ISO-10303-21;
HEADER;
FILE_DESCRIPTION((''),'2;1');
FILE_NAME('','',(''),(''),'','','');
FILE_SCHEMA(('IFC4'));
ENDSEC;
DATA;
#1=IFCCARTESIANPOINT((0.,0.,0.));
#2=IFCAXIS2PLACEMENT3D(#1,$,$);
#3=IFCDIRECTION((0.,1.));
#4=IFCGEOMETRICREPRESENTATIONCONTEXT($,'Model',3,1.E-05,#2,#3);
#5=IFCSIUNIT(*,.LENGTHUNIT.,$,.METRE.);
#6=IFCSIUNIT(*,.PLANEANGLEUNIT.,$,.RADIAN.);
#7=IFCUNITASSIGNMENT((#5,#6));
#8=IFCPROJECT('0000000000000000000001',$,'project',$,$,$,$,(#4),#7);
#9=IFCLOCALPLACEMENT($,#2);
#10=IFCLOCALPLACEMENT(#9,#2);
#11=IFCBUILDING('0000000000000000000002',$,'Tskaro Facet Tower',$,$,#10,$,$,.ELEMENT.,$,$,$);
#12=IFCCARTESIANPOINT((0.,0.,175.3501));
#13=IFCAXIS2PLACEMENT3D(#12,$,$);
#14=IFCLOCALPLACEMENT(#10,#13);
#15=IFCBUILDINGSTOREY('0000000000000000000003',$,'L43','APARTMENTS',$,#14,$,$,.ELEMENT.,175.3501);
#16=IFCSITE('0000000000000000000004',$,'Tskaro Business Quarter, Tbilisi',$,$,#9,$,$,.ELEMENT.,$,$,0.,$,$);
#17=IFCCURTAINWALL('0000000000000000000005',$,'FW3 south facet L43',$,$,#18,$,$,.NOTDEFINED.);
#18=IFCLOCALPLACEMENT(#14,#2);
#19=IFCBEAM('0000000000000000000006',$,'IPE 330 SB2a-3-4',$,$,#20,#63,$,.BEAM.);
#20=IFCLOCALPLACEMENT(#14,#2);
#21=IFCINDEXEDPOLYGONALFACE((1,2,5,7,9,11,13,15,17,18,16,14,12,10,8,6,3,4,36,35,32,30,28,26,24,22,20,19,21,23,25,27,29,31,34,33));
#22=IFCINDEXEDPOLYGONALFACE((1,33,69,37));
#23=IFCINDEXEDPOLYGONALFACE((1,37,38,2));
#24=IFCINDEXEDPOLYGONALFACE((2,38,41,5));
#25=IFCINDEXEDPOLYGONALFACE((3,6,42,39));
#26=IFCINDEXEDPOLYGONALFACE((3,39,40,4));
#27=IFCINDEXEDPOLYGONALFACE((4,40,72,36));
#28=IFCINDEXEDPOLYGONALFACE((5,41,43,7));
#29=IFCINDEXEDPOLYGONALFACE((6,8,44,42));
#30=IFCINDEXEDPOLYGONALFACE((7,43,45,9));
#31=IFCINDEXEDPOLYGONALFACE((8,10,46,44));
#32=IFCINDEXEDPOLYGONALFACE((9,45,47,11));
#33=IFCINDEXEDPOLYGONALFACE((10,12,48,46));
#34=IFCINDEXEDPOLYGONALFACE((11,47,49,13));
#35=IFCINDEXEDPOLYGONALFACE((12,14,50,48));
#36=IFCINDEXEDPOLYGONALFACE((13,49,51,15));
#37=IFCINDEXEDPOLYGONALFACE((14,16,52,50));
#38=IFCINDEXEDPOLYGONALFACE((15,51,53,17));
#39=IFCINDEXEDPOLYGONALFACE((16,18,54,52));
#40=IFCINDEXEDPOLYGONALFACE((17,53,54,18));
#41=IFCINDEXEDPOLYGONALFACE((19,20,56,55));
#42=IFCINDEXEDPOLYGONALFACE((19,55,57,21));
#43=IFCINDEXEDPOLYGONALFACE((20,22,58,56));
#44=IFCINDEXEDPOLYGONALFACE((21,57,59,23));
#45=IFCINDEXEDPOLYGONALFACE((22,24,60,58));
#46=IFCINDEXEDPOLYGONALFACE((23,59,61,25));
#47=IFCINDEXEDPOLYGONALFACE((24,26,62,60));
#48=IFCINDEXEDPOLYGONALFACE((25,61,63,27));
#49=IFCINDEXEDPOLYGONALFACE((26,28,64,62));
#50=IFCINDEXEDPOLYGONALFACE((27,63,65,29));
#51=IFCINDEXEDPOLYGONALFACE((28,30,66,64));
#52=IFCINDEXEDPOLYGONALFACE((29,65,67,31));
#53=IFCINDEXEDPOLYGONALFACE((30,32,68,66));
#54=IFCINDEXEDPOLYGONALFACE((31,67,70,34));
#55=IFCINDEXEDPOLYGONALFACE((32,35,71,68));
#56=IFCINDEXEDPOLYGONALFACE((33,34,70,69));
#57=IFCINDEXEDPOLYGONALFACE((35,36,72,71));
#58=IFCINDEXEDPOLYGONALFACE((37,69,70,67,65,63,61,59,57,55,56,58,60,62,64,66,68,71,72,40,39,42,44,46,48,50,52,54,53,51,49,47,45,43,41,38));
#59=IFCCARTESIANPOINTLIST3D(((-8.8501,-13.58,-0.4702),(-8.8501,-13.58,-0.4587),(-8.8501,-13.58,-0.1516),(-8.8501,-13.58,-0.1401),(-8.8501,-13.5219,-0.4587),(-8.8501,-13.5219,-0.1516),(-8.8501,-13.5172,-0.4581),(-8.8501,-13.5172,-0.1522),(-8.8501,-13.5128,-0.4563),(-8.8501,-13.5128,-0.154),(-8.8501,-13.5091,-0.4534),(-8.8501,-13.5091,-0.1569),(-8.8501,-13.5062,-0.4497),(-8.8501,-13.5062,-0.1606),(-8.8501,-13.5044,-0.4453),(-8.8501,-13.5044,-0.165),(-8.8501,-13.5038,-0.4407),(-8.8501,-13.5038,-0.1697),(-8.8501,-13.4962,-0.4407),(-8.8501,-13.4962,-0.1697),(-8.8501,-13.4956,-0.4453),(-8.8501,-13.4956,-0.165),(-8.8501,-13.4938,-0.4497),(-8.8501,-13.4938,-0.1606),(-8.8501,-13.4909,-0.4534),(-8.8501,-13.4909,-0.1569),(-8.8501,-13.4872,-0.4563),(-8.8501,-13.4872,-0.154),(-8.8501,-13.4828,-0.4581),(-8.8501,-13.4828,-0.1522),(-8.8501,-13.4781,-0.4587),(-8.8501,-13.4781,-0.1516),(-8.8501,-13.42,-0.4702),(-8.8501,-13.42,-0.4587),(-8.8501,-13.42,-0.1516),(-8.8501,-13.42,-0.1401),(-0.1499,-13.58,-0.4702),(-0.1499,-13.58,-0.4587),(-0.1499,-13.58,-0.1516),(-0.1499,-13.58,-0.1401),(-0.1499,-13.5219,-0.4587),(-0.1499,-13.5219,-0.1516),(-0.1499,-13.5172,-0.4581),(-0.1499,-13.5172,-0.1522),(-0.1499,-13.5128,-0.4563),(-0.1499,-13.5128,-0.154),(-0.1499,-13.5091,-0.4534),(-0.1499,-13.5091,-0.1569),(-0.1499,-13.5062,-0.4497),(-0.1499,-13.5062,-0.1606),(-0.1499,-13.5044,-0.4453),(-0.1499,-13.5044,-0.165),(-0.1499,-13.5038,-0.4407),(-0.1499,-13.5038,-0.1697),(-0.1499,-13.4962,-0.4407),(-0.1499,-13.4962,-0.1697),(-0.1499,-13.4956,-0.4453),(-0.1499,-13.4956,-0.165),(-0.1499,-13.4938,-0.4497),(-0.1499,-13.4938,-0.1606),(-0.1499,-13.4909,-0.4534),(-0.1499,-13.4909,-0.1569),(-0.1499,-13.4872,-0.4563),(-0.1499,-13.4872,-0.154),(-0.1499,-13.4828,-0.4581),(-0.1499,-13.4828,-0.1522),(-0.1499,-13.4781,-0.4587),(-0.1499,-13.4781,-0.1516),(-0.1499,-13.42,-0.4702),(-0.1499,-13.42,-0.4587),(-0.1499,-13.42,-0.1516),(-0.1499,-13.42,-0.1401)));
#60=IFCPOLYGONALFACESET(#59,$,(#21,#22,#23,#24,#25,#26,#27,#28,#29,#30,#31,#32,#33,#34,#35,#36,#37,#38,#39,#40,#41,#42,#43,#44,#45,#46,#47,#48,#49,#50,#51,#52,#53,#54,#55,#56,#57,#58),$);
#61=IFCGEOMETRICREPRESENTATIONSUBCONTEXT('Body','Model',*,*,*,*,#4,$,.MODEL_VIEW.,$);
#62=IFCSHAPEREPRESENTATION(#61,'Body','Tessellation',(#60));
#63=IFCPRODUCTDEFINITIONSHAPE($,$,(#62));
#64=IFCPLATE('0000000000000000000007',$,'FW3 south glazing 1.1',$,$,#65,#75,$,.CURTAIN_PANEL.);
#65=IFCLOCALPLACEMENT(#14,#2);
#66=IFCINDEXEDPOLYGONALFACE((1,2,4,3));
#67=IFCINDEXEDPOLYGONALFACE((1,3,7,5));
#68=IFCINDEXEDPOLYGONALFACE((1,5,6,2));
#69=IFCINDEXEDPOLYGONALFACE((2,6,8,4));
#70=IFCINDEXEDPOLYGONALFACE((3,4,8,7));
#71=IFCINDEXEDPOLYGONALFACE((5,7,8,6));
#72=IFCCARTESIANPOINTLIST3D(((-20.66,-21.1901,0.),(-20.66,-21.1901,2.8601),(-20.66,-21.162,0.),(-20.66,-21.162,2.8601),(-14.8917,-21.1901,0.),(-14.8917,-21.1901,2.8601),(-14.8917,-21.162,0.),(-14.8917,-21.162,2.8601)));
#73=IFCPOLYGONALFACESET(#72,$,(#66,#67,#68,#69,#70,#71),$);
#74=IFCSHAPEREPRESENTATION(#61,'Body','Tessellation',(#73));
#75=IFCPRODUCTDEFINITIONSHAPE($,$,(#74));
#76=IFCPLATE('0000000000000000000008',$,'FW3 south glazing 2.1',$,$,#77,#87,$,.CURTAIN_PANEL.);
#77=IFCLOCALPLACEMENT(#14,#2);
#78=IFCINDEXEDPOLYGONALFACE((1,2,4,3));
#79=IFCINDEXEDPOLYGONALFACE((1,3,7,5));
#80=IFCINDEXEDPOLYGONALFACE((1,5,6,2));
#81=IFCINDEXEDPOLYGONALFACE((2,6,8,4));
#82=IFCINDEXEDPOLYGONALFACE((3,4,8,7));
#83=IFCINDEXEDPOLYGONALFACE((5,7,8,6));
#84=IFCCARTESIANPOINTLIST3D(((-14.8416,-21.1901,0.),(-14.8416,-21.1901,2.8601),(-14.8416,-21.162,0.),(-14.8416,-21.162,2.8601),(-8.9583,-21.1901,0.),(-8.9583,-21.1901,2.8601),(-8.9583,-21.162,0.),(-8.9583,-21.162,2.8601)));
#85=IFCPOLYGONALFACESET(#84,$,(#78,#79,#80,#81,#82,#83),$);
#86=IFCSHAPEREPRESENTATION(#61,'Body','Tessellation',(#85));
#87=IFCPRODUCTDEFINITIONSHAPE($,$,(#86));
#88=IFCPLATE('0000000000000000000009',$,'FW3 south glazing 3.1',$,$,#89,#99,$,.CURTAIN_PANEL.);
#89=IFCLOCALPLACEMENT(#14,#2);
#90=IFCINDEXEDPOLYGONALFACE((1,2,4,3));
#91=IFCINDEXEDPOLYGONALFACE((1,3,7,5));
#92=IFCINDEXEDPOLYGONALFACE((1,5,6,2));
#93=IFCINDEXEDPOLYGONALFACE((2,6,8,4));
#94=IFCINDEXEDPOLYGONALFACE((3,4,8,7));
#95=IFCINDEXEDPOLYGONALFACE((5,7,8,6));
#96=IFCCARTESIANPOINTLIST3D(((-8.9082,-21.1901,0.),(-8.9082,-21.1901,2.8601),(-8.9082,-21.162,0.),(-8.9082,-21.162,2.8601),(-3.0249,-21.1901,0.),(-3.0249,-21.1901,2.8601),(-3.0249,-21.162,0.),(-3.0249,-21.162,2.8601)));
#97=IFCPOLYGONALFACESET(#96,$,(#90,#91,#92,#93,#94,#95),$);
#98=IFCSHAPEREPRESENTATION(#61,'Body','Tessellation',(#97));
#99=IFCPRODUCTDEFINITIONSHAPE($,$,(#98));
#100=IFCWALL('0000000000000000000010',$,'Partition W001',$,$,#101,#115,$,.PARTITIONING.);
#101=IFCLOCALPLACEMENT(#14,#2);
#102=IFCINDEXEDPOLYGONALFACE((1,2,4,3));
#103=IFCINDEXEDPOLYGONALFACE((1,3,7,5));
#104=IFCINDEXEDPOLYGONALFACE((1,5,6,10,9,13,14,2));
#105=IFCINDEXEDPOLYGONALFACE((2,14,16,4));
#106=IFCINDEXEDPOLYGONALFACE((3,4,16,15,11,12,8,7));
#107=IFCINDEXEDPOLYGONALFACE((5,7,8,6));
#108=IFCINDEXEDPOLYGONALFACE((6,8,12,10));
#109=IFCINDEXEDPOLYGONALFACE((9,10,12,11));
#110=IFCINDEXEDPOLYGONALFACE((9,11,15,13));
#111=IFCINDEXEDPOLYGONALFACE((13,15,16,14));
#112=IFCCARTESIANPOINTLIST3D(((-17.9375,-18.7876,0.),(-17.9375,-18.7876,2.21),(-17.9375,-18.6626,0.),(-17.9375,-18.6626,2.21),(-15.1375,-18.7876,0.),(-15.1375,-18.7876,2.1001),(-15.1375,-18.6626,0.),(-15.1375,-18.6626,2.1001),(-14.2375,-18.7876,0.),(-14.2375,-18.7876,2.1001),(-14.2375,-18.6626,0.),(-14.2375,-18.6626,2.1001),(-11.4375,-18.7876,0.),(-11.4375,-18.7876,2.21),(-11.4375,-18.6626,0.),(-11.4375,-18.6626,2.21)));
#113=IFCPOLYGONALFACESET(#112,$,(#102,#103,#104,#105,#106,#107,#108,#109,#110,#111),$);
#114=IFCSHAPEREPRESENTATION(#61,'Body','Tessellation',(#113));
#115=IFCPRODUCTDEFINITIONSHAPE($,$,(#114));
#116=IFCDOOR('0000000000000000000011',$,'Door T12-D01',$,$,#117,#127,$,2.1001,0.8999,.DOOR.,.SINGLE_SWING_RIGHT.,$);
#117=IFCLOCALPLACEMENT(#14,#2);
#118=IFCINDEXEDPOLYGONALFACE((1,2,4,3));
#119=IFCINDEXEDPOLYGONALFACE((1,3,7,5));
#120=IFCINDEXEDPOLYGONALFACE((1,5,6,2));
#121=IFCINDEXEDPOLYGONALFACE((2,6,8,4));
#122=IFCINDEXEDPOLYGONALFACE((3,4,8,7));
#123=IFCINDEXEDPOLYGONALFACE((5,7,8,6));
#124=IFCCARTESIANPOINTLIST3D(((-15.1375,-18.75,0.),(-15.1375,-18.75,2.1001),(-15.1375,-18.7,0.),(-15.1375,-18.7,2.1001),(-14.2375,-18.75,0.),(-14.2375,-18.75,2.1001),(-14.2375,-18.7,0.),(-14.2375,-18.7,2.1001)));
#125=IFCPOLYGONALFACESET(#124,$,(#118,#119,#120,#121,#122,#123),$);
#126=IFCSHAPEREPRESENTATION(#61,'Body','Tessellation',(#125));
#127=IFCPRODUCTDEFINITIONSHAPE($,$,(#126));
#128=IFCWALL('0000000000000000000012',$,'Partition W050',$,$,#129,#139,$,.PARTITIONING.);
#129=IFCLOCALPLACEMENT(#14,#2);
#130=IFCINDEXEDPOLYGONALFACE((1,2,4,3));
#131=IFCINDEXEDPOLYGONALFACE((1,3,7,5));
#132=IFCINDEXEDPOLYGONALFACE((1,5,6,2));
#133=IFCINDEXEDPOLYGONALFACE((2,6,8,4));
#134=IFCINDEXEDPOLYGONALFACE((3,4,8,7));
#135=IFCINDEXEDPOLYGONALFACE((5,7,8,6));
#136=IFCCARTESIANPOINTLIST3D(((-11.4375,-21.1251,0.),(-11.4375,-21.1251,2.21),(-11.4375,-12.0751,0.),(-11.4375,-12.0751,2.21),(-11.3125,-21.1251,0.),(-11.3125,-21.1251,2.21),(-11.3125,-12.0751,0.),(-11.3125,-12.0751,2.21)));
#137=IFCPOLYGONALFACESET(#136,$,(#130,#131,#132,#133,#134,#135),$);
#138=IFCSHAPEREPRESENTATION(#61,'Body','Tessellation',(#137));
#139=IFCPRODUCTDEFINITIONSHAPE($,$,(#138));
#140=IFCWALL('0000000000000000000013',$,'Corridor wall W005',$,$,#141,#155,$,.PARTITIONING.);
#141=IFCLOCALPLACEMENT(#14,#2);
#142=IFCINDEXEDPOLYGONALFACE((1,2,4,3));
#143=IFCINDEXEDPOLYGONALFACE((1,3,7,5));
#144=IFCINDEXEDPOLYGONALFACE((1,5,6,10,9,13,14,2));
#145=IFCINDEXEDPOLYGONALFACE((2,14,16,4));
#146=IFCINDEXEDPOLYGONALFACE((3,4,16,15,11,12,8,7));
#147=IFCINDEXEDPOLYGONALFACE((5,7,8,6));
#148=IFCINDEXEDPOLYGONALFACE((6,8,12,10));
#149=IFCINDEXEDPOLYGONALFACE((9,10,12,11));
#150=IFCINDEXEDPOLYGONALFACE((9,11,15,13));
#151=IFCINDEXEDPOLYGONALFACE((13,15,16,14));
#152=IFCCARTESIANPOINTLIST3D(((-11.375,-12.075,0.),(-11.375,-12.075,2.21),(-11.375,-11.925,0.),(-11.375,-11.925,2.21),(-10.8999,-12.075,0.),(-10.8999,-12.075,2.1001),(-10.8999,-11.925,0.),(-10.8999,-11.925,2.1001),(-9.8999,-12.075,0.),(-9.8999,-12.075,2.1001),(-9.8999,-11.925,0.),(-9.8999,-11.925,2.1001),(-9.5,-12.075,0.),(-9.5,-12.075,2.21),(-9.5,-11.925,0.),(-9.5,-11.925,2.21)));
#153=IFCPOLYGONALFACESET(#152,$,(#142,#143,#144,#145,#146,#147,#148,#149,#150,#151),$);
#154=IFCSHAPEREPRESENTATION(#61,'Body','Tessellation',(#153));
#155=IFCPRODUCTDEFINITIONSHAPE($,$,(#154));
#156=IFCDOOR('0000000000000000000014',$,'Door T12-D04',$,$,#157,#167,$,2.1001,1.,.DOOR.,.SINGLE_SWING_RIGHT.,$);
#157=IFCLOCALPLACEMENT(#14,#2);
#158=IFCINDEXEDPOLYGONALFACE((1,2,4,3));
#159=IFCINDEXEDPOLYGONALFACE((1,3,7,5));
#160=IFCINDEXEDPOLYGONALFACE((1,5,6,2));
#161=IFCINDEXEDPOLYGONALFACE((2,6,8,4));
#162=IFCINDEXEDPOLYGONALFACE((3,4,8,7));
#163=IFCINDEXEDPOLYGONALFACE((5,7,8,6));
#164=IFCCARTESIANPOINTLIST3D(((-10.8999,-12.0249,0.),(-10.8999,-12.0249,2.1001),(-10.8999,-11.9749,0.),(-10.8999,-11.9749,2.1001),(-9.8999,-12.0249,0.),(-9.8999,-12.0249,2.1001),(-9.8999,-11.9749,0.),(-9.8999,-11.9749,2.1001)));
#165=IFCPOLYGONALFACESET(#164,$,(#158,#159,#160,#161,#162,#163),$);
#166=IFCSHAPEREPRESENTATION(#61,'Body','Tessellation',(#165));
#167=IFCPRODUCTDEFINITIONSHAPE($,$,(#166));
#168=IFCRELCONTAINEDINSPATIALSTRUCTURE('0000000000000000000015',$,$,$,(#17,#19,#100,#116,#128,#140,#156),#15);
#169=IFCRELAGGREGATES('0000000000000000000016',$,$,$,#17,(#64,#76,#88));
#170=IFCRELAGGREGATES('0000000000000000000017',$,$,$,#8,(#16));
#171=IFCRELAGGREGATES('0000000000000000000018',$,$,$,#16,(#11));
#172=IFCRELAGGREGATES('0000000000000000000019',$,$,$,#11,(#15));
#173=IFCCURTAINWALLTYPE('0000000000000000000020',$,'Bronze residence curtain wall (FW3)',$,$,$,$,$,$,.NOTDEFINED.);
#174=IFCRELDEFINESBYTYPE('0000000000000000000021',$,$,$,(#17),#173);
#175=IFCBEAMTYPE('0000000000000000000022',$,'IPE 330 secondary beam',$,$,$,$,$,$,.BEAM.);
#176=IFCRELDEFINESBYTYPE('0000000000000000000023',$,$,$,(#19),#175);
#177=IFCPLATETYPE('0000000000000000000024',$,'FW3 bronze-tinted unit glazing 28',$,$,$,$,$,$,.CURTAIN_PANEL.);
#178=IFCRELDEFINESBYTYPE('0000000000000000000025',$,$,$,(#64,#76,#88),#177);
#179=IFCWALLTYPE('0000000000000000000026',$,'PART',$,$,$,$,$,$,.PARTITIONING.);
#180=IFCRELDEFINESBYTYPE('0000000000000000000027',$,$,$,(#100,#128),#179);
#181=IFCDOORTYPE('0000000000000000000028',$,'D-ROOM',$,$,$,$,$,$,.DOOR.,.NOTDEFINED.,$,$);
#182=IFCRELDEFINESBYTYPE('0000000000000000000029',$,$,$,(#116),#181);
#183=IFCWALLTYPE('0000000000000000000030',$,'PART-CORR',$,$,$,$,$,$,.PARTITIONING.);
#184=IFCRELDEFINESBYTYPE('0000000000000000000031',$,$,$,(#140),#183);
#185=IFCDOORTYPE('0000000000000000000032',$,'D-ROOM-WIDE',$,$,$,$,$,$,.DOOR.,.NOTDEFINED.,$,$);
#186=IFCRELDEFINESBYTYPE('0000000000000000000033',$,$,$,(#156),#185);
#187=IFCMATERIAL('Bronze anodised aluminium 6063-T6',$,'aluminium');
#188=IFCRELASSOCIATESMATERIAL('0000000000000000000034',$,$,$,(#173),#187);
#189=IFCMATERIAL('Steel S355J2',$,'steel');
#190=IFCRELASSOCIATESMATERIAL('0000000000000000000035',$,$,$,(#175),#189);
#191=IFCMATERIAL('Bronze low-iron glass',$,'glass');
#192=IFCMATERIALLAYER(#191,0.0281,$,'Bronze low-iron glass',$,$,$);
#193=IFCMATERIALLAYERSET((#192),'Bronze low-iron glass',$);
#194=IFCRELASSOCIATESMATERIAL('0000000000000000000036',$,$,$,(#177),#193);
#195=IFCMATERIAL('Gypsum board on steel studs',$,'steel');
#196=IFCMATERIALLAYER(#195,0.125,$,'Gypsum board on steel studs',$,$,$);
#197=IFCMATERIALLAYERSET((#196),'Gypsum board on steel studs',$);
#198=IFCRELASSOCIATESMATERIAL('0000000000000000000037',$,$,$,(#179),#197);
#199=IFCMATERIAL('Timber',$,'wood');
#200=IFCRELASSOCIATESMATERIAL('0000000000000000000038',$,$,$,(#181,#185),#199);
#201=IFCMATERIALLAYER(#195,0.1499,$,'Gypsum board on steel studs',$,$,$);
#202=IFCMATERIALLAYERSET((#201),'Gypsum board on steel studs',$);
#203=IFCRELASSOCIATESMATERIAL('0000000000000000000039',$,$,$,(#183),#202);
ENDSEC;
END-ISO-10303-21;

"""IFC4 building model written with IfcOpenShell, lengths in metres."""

from ifc_helpers import new_model, si_unit, direction, frame, frame_2d, origin, origin_2d, place, context, subcontext, project, spatial, rectangle, i_section, extrude, material, layer, layer_set, material_profile, profile_set, type_object, element, fill, aggregate, save


model = new_model("IFC4")

# Units and contexts
model_context = context("Model", 3, precision=1e-05, world=origin(), true_north=direction((0.0, 1.0)))
body_context = subcontext(model_context, "Body", "Model", "MODEL_VIEW")
ifc_project = project(units=[si_unit("LENGTHUNIT", "METRE"), si_unit("PLANEANGLEUNIT", "RADIAN")], contexts=[model_context])

# Site, building, storey
site_placement = place(None, origin())
site = spatial("IfcSite", under=ifc_project, at=site_placement, Name="Tskaro Business Quarter, Tbilisi", CompositionType="ELEMENT", RefElevation=0.0)
building_placement = place(site_placement, origin())
building = spatial("IfcBuilding", under=site, at=building_placement, Name="Tskaro Facet Tower", CompositionType="ELEMENT")
storey_placement = place(building_placement, frame((0.0, 0.0, 175.3501)))
storey = spatial("IfcBuildingStorey", under=building, at=storey_placement, Name="L43", Description="APARTMENTS", CompositionType="ELEMENT", Elevation=175.3501)

# Curtain wall
ifc_material_1 = material(Name="Bronze anodised aluminium 6063-T6", Category="aluminium")
curtain_wall_type = type_object("IfcCurtainWallType", Name="Bronze residence curtain wall (FW3)", PredefinedType="NOTDEFINED", material=ifc_material_1)
curtain_wall_placement = place(storey_placement, origin())
curtain_wall = element("IfcCurtainWall", 1, at=curtain_wall_placement, inside=storey, type_object=curtain_wall_type, Name="FW3 south facet L43", PredefinedType="NOTDEFINED")

# Beam
ifc_material_2 = material(Name="Steel S355J2", Category="steel")
ifc_material_profile_1 = material_profile(ifc_material_2, i_section(OverallWidth=0.1599, OverallDepth=0.3301, WebThickness=0.0076, FlangeThickness=0.0115, FilletRadius=0.0181, at=origin_2d()), Name="IPE 330")
ifc_profile_set_1 = profile_set([ifc_material_profile_1], Name="Steel S355J2")
beam_type_1 = type_object("IfcBeamType", Name="IPE 330 secondary beam", PredefinedType="BEAM", material=ifc_profile_set_1)
for number, where, z_axis, x_axis, name in (
    (2, (-8.8501, -13.5, -0.3052), (1.0, 0.0, 0.0), (0.0, 1.0, 0.0), "IPE 330 SB2a-3-4"),
):
    element("IfcBeam", number, at=place(storey_placement, frame(where, z_axis=z_axis, x_axis=x_axis)), inside=storey, type_object=beam_type_1, Name=name, PredefinedType="BEAM", context=body_context, shape_type="SweptSolid", body=[
        extrude(i_section(OverallWidth=0.1599, OverallDepth=0.3301, WebThickness=0.0076, FlangeThickness=0.0115, FilletRadius=0.0181, at=origin_2d()), origin(), (0.0, 0.0, 1.0), 8.7002),
    ])

# Plates
ifc_material_3 = material(Name="Bronze low-iron glass", Category="glass")
ifc_layer_1 = layer(ifc_material_3, 0.0281, Name="Bronze low-iron glass")
ifc_layer_set_1 = layer_set([ifc_layer_1], Name="Bronze low-iron glass")
plate_type = type_object("IfcPlateType", Name="FW3 bronze-tinted unit glazing 28", PredefinedType="CURTAIN_PANEL", material=ifc_layer_set_1)
plate_1_placement = place(storey_placement, frame((-17.7759, -21.176, 0.0), z_axis=(0.0, 0.0, 1.0), x_axis=(1.0, 0.0, 0.0)))
plate_1 = element("IfcPlate", 3, at=plate_1_placement, type_object=plate_type, Name="FW3 south glazing 1.1", PredefinedType="CURTAIN_PANEL", context=body_context, shape_type="SweptSolid", body=[
    extrude(rectangle(XDim=5.7683, YDim=0.0281, at=origin_2d()), origin(), (0.0, 0.0, 1.0), 2.8601),
])
plate_2_placement = place(storey_placement, frame((-11.8999, -21.176, 0.0), z_axis=(0.0, 0.0, 1.0), x_axis=(1.0, 0.0, 0.0)))
plate_2 = element("IfcPlate", 4, at=plate_2_placement, type_object=plate_type, Name="FW3 south glazing 2.1", PredefinedType="CURTAIN_PANEL", context=body_context, shape_type="SweptSolid", body=[
    extrude(rectangle(XDim=5.8833, YDim=0.0281, at=origin_2d()), origin(), (0.0, 0.0, 1.0), 2.8601),
])
plate_3_placement = place(storey_placement, frame((-5.9666, -21.176, 0.0), z_axis=(0.0, 0.0, 1.0), x_axis=(1.0, 0.0, 0.0)))
plate_3 = element("IfcPlate", 5, at=plate_3_placement, type_object=plate_type, Name="FW3 south glazing 3.1", PredefinedType="CURTAIN_PANEL", context=body_context, shape_type="SweptSolid", body=[
    extrude(rectangle(XDim=5.8833, YDim=0.0281, at=origin_2d()), origin(), (0.0, 0.0, 1.0), 2.8601),
])
aggregate(curtain_wall, [plate_1, plate_2, plate_3])

# Wall, opening, door
ifc_material_4 = material(Name="Gypsum board on steel studs", Category="steel")
ifc_layer_2 = layer(ifc_material_4, 0.125, Name="Gypsum board on steel studs")
ifc_layer_set_2 = layer_set([ifc_layer_2], Name="Gypsum board on steel studs")
wall_type_1 = type_object("IfcWallType", Name="PART", PredefinedType="PARTITIONING", material=ifc_layer_set_2)
wall_1_placement = place(storey_placement, frame((-11.4375, -18.7251, 0.0), z_axis=(0.0, 0.0, 1.0), x_axis=(-1.0, 0.0, 0.0)))
wall_1 = element("IfcWall", 6, at=wall_1_placement, inside=storey, type_object=wall_type_1, Name="Partition W001", PredefinedType="PARTITIONING", context=body_context, shape_type="SweptSolid", body=[
    extrude(rectangle(XDim=6.5, YDim=0.125, at=frame_2d((3.25, 0.0))), origin(), (0.0, 0.0, 1.0), 2.21),
])
opening_1_placement = place(wall_1_placement, frame((2.8, 0.0, 0.0)))
opening_1 = element("IfcOpeningElement", 7, at=opening_1_placement, cuts=wall_1, PredefinedType="OPENING", context=body_context, shape_type="SweptSolid", body=[
    extrude(rectangle(XDim=0.8999, YDim=2.1001, at=frame_2d((0.45, 1.05))), frame((0.0, 0.0725, 0.0), z_axis=(0.0, -1.0, 0.0), x_axis=(1.0, 0.0, 0.0)), (0.0, 0.0, 1.0), 0.145),
])
ifc_material_5 = material(Name="Timber", Category="wood")
door_type_1 = type_object("IfcDoorType", Name="D-ROOM", OperationType="NOTDEFINED", PredefinedType="DOOR", material=ifc_material_5)
door_1_placement = place(opening_1_placement, origin())
door_1 = element("IfcDoor", 8, at=door_1_placement, inside=storey, type_object=door_type_1, Name="Door T12-D01", OperationType="SINGLE_SWING_RIGHT", OverallHeight=2.1001, OverallWidth=0.8999, PredefinedType="DOOR", context=body_context, shape_type="SweptSolid", body=[
    extrude(rectangle(XDim=0.8999, YDim=2.1001, at=frame_2d((0.45, 1.05))), frame((0.0, 0.0249, 0.0), z_axis=(0.0, -1.0, 0.0), x_axis=(1.0, 0.0, 0.0)), (0.0, 0.0, 1.0), 0.05),
])
fill(opening_1, door_1)

# Wall
wall_2_placement = place(storey_placement, frame((-11.375, -21.125, 0.0), z_axis=(0.0, 0.0, 1.0), x_axis=(0.0, 1.0, 0.0)))
element("IfcWall", 9, at=wall_2_placement, inside=storey, type_object=wall_type_1, Name="Partition W050", PredefinedType="PARTITIONING", context=body_context, shape_type="SweptSolid", body=[
    extrude(rectangle(XDim=9.05, YDim=0.125, at=frame_2d((4.5249, 0.0))), origin(), (0.0, 0.0, 1.0), 2.21),
])

# Wall, opening, door
ifc_layer_3 = layer(ifc_material_4, 0.1499, Name="Gypsum board on steel studs")
ifc_layer_set_3 = layer_set([ifc_layer_3], Name="Gypsum board on steel studs")
wall_type_2 = type_object("IfcWallType", Name="PART-CORR", PredefinedType="PARTITIONING", material=ifc_layer_set_3)
wall_3_placement = place(storey_placement, frame((-9.5, -12.0, 0.0), z_axis=(0.0, 0.0, 1.0), x_axis=(-1.0, 0.0, 0.0)))
wall_3 = element("IfcWall", 10, at=wall_3_placement, inside=storey, type_object=wall_type_2, Name="Corridor wall W005", PredefinedType="PARTITIONING", context=body_context, shape_type="SweptSolid", body=[
    extrude(rectangle(XDim=1.875, YDim=0.1499, at=frame_2d((0.9375, 0.0))), origin(), (0.0, 0.0, 1.0), 2.21),
])
opening_2_placement = place(wall_3_placement, frame((0.3999, 0.0, 0.0)))
opening_2 = element("IfcOpeningElement", 11, at=opening_2_placement, cuts=wall_3, PredefinedType="OPENING", context=body_context, shape_type="SweptSolid", body=[
    extrude(rectangle(XDim=1.0, YDim=2.1001, at=frame_2d((0.5, 1.05))), frame((0.0, 0.085, 0.0), z_axis=(0.0, -1.0, 0.0), x_axis=(1.0, 0.0, 0.0)), (0.0, 0.0, 1.0), 0.1699),
])
door_type_2 = type_object("IfcDoorType", Name="D-ROOM-WIDE", OperationType="NOTDEFINED", PredefinedType="DOOR", material=ifc_material_5)
door_2_placement = place(opening_2_placement, origin())
door_2 = element("IfcDoor", 12, at=door_2_placement, inside=storey, type_object=door_type_2, Name="Door T12-D04", OperationType="SINGLE_SWING_RIGHT", OverallHeight=2.1001, OverallWidth=1.0, PredefinedType="DOOR", context=body_context, shape_type="SweptSolid", body=[
    extrude(rectangle(XDim=1.0, YDim=2.1001, at=frame_2d((0.5, 1.05))), frame((0.0, 0.0249, 0.0), z_axis=(0.0, -1.0, 0.0), x_axis=(1.0, 0.0, 0.0)), (0.0, 0.0, 1.0), 0.05),
])
fill(opening_2, door_2)

save(model, "model.ifc")
